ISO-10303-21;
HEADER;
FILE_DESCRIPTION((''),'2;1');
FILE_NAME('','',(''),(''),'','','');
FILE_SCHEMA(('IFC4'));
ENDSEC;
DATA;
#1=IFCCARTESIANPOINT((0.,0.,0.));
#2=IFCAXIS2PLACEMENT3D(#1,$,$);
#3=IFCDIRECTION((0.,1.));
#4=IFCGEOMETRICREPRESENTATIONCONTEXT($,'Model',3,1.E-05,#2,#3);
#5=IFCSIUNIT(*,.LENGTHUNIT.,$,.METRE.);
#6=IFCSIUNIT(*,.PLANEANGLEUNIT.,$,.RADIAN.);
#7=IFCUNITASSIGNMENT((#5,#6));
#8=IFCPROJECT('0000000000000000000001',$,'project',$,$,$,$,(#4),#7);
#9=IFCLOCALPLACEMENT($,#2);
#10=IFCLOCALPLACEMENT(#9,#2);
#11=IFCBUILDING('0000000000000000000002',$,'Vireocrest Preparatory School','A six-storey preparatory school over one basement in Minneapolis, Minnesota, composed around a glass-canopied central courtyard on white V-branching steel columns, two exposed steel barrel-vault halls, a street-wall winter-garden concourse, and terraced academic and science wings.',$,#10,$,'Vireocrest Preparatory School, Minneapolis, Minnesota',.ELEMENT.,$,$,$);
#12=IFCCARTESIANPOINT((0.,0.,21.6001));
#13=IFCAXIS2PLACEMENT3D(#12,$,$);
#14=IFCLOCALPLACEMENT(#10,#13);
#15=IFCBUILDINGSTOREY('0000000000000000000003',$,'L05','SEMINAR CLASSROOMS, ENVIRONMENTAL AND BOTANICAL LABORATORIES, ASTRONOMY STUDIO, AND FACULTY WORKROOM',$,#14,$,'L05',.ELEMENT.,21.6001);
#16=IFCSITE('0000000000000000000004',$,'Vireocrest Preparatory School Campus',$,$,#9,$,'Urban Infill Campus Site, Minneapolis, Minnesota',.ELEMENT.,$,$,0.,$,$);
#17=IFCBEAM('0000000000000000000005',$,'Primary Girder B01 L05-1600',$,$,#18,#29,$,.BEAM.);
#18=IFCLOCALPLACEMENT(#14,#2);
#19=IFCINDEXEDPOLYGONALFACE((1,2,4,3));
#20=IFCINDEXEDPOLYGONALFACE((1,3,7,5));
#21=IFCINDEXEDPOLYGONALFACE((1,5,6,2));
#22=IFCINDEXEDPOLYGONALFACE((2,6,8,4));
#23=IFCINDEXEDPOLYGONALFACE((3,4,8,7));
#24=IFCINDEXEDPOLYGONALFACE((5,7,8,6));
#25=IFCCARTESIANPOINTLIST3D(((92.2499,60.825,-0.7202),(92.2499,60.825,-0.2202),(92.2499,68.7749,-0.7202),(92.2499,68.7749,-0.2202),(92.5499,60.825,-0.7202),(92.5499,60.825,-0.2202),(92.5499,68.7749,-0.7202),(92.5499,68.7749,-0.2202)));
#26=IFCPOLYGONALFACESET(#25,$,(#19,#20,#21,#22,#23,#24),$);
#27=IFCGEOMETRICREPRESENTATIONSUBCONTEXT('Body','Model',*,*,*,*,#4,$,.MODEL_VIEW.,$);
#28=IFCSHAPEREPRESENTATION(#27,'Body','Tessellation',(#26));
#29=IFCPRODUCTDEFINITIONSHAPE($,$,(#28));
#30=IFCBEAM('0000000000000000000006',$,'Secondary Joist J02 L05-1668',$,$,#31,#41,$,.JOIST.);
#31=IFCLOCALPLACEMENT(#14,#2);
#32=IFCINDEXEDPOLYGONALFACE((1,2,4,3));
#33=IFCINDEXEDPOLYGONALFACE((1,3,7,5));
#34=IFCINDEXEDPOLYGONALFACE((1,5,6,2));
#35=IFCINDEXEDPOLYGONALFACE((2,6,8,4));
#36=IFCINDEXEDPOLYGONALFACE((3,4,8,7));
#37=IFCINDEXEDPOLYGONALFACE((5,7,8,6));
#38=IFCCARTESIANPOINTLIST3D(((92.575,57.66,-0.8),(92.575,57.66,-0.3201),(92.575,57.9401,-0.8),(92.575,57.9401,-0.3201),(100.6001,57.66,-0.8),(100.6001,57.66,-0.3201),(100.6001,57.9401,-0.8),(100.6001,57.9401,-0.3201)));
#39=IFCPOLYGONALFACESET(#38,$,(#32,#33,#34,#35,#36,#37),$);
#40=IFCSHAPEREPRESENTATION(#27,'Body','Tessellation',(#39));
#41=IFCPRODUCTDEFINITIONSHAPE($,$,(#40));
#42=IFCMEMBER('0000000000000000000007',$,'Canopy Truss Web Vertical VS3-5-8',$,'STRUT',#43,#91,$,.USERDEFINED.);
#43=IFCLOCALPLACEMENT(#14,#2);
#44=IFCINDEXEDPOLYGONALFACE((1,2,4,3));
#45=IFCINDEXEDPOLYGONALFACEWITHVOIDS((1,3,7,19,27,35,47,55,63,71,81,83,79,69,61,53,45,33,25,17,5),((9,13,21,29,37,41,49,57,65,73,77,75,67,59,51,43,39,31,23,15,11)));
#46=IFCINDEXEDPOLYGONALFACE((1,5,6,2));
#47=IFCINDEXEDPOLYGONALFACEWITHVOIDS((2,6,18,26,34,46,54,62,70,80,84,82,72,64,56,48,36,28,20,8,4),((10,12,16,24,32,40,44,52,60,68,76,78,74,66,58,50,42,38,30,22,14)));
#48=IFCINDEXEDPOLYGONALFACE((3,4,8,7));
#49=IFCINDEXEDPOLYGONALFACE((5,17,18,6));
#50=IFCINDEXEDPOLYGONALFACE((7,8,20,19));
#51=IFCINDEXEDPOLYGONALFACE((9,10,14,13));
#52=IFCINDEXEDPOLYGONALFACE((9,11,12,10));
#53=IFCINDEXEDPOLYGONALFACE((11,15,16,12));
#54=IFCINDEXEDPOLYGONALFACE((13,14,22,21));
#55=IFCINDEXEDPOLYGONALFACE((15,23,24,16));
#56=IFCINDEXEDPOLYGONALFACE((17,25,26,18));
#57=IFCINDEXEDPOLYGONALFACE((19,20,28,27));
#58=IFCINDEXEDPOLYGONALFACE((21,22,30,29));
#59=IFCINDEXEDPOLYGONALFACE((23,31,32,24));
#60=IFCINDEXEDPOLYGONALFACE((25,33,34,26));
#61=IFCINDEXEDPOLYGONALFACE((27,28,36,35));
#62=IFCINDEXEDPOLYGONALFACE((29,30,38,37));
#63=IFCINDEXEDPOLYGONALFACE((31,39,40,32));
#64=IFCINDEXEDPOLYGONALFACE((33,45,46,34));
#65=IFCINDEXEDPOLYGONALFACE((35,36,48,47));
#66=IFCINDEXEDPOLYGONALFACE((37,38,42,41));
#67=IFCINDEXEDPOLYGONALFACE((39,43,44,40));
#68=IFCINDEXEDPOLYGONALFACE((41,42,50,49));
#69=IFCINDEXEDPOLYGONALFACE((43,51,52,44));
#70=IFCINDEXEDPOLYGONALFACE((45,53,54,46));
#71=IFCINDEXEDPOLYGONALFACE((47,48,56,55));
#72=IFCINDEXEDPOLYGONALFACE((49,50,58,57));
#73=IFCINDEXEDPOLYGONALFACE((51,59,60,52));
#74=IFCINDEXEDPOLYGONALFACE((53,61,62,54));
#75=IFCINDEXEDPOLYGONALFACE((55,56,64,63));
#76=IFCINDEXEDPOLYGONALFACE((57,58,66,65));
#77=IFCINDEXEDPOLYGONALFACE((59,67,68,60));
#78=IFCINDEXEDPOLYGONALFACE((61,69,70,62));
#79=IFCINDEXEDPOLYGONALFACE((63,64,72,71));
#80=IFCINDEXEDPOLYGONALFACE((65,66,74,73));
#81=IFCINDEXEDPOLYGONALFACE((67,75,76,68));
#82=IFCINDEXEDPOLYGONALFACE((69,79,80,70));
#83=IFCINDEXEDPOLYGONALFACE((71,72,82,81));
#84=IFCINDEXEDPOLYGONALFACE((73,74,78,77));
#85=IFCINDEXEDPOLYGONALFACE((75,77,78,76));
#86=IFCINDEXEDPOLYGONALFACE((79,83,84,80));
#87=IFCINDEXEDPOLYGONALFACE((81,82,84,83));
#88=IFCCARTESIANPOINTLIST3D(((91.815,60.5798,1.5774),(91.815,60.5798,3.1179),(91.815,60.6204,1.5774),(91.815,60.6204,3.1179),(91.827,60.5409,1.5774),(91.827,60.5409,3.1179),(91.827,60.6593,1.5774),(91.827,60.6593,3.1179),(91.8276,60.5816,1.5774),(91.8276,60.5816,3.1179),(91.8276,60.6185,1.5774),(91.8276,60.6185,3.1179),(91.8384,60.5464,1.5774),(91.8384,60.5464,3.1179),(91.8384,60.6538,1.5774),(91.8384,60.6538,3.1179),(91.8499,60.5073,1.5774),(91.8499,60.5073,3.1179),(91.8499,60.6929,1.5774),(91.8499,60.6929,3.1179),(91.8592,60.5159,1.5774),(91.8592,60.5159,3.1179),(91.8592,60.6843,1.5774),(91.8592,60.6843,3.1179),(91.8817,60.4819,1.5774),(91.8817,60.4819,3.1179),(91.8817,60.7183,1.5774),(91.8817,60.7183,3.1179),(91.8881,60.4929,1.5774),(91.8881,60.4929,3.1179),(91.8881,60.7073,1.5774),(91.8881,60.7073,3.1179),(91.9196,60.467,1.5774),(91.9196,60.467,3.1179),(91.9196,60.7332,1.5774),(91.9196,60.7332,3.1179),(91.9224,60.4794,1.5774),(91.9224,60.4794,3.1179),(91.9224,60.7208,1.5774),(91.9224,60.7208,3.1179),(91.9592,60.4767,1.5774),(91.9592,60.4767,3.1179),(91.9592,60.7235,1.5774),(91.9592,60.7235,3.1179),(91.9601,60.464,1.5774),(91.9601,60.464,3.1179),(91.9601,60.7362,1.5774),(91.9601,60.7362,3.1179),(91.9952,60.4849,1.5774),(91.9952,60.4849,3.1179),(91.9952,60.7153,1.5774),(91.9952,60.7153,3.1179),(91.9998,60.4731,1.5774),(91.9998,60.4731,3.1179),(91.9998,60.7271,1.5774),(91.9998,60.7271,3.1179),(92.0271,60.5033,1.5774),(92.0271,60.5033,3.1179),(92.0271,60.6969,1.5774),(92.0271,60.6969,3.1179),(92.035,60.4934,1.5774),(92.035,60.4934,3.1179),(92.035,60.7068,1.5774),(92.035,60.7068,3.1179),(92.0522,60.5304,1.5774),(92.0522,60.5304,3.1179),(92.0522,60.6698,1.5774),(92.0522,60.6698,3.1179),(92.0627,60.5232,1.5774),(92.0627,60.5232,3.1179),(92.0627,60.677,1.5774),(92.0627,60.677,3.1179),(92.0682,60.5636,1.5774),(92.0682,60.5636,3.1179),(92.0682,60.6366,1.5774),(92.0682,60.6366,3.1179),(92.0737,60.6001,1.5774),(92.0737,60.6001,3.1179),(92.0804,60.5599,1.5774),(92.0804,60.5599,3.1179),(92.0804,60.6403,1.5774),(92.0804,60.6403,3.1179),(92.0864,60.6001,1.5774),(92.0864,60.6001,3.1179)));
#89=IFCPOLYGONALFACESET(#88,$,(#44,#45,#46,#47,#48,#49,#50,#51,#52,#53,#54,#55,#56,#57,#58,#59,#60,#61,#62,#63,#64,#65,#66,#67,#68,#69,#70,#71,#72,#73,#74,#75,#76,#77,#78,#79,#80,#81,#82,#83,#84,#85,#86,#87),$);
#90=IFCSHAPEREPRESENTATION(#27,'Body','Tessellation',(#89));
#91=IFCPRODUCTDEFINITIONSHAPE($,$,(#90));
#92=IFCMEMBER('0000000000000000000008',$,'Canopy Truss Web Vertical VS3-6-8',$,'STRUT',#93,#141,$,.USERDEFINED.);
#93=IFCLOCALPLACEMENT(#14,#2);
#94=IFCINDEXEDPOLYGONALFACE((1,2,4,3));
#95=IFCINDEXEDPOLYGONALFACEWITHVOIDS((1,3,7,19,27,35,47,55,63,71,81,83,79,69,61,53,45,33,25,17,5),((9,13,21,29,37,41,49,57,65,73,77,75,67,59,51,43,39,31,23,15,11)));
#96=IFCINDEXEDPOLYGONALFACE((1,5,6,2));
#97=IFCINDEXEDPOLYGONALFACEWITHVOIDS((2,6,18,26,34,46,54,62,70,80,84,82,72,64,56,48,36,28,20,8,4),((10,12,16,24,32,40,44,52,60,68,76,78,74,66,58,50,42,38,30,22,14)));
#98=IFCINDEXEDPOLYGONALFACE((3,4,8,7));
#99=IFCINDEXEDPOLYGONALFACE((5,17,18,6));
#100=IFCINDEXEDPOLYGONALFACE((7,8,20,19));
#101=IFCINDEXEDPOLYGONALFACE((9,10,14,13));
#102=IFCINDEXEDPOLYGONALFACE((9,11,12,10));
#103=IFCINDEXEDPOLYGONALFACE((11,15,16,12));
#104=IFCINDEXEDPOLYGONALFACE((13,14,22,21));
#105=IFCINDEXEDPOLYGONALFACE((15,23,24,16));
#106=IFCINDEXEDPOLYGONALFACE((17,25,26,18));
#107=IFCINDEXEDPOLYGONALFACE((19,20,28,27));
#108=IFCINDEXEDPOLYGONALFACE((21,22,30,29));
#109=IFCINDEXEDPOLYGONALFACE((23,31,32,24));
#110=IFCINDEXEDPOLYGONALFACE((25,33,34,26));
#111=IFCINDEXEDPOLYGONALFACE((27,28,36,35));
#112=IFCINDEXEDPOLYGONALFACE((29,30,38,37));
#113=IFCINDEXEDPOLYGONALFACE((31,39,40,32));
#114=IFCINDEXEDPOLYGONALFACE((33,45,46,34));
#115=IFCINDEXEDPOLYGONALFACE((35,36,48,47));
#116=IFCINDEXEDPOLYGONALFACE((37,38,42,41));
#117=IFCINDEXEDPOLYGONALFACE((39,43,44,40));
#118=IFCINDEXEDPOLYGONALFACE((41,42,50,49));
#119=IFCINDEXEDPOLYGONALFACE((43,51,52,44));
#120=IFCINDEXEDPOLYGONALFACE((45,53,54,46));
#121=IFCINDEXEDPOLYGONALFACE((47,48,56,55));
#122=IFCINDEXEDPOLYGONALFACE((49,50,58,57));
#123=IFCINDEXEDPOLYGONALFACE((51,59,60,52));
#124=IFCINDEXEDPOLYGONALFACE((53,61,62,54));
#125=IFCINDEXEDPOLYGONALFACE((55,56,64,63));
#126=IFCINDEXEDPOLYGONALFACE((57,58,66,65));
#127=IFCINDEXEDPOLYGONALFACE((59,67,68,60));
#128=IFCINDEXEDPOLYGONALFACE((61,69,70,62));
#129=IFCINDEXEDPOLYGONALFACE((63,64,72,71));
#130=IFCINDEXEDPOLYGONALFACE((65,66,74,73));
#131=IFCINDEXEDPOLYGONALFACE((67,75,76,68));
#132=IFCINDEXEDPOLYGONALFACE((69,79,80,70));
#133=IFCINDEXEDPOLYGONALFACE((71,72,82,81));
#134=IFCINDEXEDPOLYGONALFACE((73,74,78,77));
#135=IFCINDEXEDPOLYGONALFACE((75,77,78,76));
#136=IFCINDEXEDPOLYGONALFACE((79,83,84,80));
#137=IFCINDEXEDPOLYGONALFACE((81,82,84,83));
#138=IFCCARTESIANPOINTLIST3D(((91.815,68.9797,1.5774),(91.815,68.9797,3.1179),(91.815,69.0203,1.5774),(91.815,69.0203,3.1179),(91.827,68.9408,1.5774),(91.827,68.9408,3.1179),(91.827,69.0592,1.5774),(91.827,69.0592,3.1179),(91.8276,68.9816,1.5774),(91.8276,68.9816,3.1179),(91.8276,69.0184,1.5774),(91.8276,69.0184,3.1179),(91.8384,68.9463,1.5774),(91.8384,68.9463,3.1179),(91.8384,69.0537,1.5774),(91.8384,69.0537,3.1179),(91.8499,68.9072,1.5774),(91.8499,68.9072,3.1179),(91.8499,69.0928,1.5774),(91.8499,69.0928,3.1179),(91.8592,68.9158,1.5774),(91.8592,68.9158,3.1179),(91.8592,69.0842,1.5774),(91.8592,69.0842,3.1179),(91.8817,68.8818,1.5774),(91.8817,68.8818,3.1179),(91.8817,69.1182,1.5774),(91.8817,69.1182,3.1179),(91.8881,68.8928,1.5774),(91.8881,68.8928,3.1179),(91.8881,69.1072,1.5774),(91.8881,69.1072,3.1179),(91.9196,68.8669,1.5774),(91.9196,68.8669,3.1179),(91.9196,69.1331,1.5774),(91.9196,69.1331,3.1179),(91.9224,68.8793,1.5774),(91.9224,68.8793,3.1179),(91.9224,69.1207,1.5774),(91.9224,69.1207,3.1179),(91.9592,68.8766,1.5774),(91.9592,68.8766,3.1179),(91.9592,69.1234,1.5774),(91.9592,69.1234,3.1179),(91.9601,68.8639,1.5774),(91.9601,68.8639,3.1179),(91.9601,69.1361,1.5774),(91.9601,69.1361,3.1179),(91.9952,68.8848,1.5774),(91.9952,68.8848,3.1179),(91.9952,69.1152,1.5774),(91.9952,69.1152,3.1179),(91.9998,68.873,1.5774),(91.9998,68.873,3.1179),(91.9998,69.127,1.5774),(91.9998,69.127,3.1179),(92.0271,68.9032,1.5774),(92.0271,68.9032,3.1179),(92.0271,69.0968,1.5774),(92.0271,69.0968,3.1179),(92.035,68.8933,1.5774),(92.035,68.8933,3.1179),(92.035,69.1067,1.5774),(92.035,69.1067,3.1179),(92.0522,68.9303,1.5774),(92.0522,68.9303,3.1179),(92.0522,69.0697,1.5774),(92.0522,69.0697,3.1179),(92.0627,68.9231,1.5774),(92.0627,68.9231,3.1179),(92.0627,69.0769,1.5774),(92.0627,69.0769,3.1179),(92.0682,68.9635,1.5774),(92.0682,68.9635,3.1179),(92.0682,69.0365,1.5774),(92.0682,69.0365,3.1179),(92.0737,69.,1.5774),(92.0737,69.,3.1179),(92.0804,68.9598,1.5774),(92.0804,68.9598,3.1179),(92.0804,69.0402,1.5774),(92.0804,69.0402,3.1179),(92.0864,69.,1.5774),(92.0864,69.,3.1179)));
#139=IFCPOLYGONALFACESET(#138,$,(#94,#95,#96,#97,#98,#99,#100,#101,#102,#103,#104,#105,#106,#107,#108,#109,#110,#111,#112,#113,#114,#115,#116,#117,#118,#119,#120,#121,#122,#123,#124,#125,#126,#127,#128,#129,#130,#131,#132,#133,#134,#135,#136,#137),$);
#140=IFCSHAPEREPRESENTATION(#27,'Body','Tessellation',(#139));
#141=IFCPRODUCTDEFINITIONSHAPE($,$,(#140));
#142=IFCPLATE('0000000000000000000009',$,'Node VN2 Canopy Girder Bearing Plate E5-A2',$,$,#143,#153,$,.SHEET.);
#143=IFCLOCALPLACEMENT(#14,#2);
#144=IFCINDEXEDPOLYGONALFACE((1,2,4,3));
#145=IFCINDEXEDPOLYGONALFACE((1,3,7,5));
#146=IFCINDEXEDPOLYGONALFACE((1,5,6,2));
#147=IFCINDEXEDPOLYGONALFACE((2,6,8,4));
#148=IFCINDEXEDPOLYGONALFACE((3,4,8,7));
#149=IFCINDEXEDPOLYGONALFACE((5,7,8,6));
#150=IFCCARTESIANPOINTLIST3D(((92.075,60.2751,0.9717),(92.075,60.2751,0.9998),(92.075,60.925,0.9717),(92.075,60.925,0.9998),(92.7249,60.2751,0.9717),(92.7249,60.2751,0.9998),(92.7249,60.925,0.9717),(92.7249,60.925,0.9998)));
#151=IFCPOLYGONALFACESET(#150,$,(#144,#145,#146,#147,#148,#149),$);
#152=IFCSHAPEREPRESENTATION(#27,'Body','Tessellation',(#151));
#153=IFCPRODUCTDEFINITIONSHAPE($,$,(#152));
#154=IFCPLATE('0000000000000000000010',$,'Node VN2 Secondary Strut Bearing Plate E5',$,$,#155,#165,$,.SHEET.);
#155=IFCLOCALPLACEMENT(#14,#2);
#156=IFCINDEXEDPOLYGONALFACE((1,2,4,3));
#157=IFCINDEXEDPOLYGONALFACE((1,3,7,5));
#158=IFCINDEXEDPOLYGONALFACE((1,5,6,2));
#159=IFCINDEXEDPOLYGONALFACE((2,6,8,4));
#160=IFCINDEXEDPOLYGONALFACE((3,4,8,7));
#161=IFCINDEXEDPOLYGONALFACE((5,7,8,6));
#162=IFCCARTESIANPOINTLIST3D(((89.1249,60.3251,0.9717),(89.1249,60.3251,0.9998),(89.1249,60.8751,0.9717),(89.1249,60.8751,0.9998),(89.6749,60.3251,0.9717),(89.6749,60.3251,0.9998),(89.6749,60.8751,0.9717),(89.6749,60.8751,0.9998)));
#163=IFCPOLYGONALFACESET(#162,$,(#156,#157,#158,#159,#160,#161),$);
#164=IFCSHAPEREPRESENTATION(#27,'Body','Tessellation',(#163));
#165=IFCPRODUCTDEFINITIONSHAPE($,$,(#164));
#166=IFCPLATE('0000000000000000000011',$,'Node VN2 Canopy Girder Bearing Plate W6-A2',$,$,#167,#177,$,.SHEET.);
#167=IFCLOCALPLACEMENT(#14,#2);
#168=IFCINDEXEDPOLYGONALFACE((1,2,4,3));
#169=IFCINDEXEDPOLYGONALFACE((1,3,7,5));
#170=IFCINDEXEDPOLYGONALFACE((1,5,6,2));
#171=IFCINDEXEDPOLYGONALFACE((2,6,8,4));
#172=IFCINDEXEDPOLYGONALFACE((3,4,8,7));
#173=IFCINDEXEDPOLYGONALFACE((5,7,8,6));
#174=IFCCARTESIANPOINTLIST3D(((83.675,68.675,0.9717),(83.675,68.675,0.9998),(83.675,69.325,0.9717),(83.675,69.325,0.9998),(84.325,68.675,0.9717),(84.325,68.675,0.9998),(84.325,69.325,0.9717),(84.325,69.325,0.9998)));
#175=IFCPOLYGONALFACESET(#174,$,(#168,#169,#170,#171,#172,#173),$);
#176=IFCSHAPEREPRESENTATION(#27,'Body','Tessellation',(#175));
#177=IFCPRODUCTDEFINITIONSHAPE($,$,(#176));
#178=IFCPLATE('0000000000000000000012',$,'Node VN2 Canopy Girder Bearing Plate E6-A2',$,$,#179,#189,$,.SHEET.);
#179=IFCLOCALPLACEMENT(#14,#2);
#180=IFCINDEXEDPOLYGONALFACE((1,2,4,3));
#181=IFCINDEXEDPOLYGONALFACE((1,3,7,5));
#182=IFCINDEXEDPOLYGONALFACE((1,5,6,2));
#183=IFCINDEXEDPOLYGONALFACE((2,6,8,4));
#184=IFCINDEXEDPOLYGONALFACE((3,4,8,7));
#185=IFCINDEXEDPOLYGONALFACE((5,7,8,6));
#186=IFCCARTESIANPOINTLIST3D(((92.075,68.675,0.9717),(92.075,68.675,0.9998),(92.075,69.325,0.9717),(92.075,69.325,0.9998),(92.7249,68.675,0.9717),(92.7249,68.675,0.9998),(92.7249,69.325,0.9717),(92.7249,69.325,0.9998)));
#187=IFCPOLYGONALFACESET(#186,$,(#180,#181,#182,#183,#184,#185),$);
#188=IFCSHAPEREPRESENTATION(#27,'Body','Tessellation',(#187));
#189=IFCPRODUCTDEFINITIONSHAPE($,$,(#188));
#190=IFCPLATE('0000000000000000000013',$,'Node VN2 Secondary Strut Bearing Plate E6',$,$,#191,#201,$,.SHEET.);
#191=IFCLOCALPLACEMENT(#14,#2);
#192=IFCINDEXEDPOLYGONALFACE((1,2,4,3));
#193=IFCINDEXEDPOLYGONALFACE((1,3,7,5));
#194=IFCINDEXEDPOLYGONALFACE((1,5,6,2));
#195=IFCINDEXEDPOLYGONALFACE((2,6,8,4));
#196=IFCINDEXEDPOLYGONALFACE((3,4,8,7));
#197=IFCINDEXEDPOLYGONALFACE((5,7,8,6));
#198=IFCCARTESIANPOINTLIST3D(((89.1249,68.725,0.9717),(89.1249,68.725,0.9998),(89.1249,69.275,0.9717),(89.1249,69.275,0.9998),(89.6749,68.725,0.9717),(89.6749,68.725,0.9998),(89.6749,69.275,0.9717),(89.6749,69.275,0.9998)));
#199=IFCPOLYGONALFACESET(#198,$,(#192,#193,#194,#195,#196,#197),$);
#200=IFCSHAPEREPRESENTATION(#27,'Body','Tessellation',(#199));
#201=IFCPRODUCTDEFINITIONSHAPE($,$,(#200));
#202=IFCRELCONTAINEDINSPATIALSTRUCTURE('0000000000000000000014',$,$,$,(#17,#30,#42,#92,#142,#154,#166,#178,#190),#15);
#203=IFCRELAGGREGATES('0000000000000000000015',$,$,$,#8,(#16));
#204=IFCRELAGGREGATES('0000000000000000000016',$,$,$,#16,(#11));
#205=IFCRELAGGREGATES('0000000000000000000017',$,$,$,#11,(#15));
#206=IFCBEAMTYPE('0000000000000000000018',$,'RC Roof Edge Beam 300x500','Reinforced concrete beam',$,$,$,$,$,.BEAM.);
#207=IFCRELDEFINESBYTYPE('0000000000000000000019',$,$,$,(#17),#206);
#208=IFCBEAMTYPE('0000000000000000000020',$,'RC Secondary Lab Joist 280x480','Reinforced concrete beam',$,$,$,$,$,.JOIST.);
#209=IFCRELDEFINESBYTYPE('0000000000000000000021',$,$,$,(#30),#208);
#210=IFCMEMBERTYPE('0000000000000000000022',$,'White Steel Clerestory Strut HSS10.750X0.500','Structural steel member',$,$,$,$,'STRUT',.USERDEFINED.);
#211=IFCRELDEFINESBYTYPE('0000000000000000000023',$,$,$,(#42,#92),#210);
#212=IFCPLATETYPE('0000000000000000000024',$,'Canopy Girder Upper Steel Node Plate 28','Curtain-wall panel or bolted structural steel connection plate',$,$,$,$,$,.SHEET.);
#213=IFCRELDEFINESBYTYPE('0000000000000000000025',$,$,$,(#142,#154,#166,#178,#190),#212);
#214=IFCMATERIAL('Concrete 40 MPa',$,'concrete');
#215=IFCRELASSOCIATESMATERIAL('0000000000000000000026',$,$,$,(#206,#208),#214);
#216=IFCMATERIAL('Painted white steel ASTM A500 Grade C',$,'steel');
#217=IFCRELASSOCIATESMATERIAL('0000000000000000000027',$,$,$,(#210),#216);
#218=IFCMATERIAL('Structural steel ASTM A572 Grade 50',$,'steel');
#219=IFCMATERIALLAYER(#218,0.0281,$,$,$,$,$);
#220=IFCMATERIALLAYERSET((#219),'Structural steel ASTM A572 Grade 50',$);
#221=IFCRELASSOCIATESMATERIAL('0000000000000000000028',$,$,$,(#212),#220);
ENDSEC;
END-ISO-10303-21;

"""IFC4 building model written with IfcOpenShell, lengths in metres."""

from ifc_helpers import new_model, si_unit, direction, frame, origin, origin_2d, place, context, subcontext, project, spatial, rectangle, hollow_circle, extrude, material, layer, layer_set, material_profile, profile_set, type_object, element, save


model = new_model("IFC4")

# Units and contexts
model_context = context("Model", 3, precision=1e-05, world=origin(), true_north=direction((0.0, 1.0)))
body_context = subcontext(model_context, "Body", "Model", "MODEL_VIEW")
ifc_project = project(units=[si_unit("LENGTHUNIT", "METRE"), si_unit("PLANEANGLEUNIT", "RADIAN")], contexts=[model_context])

# Site, building, storey
site_placement = place(None, origin())
site = spatial("IfcSite", under=ifc_project, at=site_placement, Name="Vireocrest Preparatory School Campus", LongName="Urban Infill Campus Site, Minneapolis, Minnesota", CompositionType="ELEMENT", RefElevation=0.0)
building_placement = place(site_placement, origin())
building = spatial("IfcBuilding", under=site, at=building_placement, Name="Vireocrest Preparatory School", Description="A six-storey preparatory school over one basement in Minneapolis, Minnesota, composed around a glass-canopied central courtyard on white V-branching steel columns, two exposed steel barrel-vault halls, a street-wall winter-garden concourse, and terraced academic and science wings.", LongName="Vireocrest Preparatory School, Minneapolis, Minnesota", CompositionType="ELEMENT")
storey_placement = place(building_placement, frame((0.0, 0.0, 21.6001)))
storey = spatial("IfcBuildingStorey", under=building, at=storey_placement, Name="L05", Description="SEMINAR CLASSROOMS, ENVIRONMENTAL AND BOTANICAL LABORATORIES, ASTRONOMY STUDIO, AND FACULTY WORKROOM", LongName="L05", CompositionType="ELEMENT", Elevation=21.6001)

# Shared definitions
ifc_material_1 = material(Name="Painted white steel ASTM A500 Grade C", Category="steel")

# Beams
ifc_material_2 = material(Name="Concrete 40 MPa", Category="concrete")
ifc_material_profile_1 = material_profile(ifc_material_2, rectangle(XDim=0.3, YDim=0.5, at=origin_2d()), Name="RC 300x500")
ifc_profile_set_1 = profile_set([ifc_material_profile_1], Name="Concrete 40 MPa")
beam_type_1 = type_object("IfcBeamType", Name="RC Roof Edge Beam 300x500", Description="Reinforced concrete beam", PredefinedType="BEAM", material=ifc_profile_set_1)
beam_1_placement = place(storey_placement, frame((92.3999, 60.825, -0.4702), z_axis=(0.0, 1.0, 0.0), x_axis=(-1.0, 0.0, 0.0)))
element("IfcBeam", 1, at=beam_1_placement, inside=storey, type_object=beam_type_1, Name="Primary Girder B01 L05-1600", PredefinedType="BEAM", context=body_context, shape_type="SweptSolid", body=[
    extrude(rectangle(XDim=0.3, YDim=0.5, at=origin_2d()), origin(), (0.0, 0.0, 1.0), 7.95),
])
ifc_material_profile_2 = material_profile(ifc_material_2, rectangle(XDim=0.28, YDim=0.48, at=origin_2d()), Name="RC 280x480")
ifc_profile_set_2 = profile_set([ifc_material_profile_2], Name="Concrete 40 MPa")
beam_type_2 = type_object("IfcBeamType", Name="RC Secondary Lab Joist 280x480", Description="Reinforced concrete beam", PredefinedType="JOIST", material=ifc_profile_set_2)
beam_2_placement = place(storey_placement, frame((92.575, 57.8, -0.5601), z_axis=(1.0, 0.0, 0.0), x_axis=(0.0, 1.0, 0.0)))
element("IfcBeam", 2, at=beam_2_placement, inside=storey, type_object=beam_type_2, Name="Secondary Joist J02 L05-1668", PredefinedType="JOIST", context=body_context, shape_type="SweptSolid", body=[
    extrude(rectangle(XDim=0.28, YDim=0.48, at=origin_2d()), origin(), (0.0, 0.0, 1.0), 8.0251),
])

# Members
ifc_material_profile_3 = material_profile(ifc_material_1, hollow_circle(Radius=0.1365, WallThickness=0.0127, at=origin_2d()), Name="HSS10.750X0.500")
ifc_profile_set_3 = profile_set([ifc_material_profile_3], Name="Painted white steel ASTM A500 Grade C")
member_type_1 = type_object("IfcMemberType", Name="White Steel Clerestory Strut HSS10.750X0.500", Description="Structural steel member", ElementType="STRUT", PredefinedType="USERDEFINED", material=ifc_profile_set_3)
for number, where, z_axis, x_axis, name in (
    (3, (91.95, 60.6001, 1.5774), (0.0, 0.0, 1.0), (1.0, 0.0, 0.0), "Canopy Truss Web Vertical VS3-5-8"),
    (4, (91.95, 69.0, 1.5774), (0.0, 0.0, 1.0), (1.0, 0.0, 0.0), "Canopy Truss Web Vertical VS3-6-8"),
):
    element("IfcMember", number, at=place(storey_placement, frame(where, z_axis=z_axis, x_axis=x_axis)), inside=storey, type_object=member_type_1, Name=name, ObjectType="STRUT", PredefinedType="USERDEFINED", context=body_context, shape_type="SweptSolid", body=[
        extrude(hollow_circle(Radius=0.1365, WallThickness=0.0127, at=origin_2d()), origin(), (0.0, 0.0, 1.0), 1.5405),
    ])

# Plates
ifc_material_3 = material(Name="Structural steel ASTM A572 Grade 50", Category="steel")
ifc_layer_1 = layer(ifc_material_3, 0.0281)
ifc_layer_set_1 = layer_set([ifc_layer_1], Name="Structural steel ASTM A572 Grade 50")
plate_type_1 = type_object("IfcPlateType", Name="Canopy Girder Upper Steel Node Plate 28", Description="Curtain-wall panel or bolted structural steel connection plate", PredefinedType="SHEET", material=ifc_layer_set_1)
plate_1_placement = place(storey_placement, frame((92.3999, 60.6001, 0.9717), z_axis=(0.0, 0.0, 1.0), x_axis=(1.0, 0.0, 0.0)))
element("IfcPlate", 5, at=plate_1_placement, inside=storey, type_object=plate_type_1, Name="Node VN2 Canopy Girder Bearing Plate E5-A2", PredefinedType="SHEET", context=body_context, shape_type="SweptSolid", body=[
    extrude(rectangle(XDim=0.6499, YDim=0.6499, at=origin_2d()), origin(), (0.0, 0.0, 1.0), 0.0281),
])
plate_2_placement = place(storey_placement, frame((89.3999, 60.6001, 0.9717), z_axis=(0.0, 0.0, 1.0), x_axis=(1.0, 0.0, 0.0)))
element("IfcPlate", 6, at=plate_2_placement, inside=storey, type_object=plate_type_1, Name="Node VN2 Secondary Strut Bearing Plate E5", PredefinedType="SHEET", context=body_context, shape_type="SweptSolid", body=[
    extrude(rectangle(XDim=0.55, YDim=0.55, at=origin_2d()), origin(), (0.0, 0.0, 1.0), 0.0281),
])
for number, where, z_axis, x_axis, name in (
    (7, (84.0, 69.0, 0.9717), (0.0, 0.0, 1.0), (1.0, 0.0, 0.0), "Node VN2 Canopy Girder Bearing Plate W6-A2"),
    (8, (92.3999, 69.0, 0.9717), (0.0, 0.0, 1.0), (1.0, 0.0, 0.0), "Node VN2 Canopy Girder Bearing Plate E6-A2"),
):
    element("IfcPlate", number, at=place(storey_placement, frame(where, z_axis=z_axis, x_axis=x_axis)), inside=storey, type_object=plate_type_1, Name=name, PredefinedType="SHEET", context=body_context, shape_type="SweptSolid", body=[
        extrude(rectangle(XDim=0.6499, YDim=0.6499, at=origin_2d()), origin(), (0.0, 0.0, 1.0), 0.0281),
    ])
plate_3_placement = place(storey_placement, frame((89.3999, 69.0, 0.9717), z_axis=(0.0, 0.0, 1.0), x_axis=(1.0, 0.0, 0.0)))
element("IfcPlate", 9, at=plate_3_placement, inside=storey, type_object=plate_type_1, Name="Node VN2 Secondary Strut Bearing Plate E6", PredefinedType="SHEET", context=body_context, shape_type="SweptSolid", body=[
    extrude(rectangle(XDim=0.55, YDim=0.55, at=origin_2d()), origin(), (0.0, 0.0, 1.0), 0.0281),
])

save(model, "model.ifc")
